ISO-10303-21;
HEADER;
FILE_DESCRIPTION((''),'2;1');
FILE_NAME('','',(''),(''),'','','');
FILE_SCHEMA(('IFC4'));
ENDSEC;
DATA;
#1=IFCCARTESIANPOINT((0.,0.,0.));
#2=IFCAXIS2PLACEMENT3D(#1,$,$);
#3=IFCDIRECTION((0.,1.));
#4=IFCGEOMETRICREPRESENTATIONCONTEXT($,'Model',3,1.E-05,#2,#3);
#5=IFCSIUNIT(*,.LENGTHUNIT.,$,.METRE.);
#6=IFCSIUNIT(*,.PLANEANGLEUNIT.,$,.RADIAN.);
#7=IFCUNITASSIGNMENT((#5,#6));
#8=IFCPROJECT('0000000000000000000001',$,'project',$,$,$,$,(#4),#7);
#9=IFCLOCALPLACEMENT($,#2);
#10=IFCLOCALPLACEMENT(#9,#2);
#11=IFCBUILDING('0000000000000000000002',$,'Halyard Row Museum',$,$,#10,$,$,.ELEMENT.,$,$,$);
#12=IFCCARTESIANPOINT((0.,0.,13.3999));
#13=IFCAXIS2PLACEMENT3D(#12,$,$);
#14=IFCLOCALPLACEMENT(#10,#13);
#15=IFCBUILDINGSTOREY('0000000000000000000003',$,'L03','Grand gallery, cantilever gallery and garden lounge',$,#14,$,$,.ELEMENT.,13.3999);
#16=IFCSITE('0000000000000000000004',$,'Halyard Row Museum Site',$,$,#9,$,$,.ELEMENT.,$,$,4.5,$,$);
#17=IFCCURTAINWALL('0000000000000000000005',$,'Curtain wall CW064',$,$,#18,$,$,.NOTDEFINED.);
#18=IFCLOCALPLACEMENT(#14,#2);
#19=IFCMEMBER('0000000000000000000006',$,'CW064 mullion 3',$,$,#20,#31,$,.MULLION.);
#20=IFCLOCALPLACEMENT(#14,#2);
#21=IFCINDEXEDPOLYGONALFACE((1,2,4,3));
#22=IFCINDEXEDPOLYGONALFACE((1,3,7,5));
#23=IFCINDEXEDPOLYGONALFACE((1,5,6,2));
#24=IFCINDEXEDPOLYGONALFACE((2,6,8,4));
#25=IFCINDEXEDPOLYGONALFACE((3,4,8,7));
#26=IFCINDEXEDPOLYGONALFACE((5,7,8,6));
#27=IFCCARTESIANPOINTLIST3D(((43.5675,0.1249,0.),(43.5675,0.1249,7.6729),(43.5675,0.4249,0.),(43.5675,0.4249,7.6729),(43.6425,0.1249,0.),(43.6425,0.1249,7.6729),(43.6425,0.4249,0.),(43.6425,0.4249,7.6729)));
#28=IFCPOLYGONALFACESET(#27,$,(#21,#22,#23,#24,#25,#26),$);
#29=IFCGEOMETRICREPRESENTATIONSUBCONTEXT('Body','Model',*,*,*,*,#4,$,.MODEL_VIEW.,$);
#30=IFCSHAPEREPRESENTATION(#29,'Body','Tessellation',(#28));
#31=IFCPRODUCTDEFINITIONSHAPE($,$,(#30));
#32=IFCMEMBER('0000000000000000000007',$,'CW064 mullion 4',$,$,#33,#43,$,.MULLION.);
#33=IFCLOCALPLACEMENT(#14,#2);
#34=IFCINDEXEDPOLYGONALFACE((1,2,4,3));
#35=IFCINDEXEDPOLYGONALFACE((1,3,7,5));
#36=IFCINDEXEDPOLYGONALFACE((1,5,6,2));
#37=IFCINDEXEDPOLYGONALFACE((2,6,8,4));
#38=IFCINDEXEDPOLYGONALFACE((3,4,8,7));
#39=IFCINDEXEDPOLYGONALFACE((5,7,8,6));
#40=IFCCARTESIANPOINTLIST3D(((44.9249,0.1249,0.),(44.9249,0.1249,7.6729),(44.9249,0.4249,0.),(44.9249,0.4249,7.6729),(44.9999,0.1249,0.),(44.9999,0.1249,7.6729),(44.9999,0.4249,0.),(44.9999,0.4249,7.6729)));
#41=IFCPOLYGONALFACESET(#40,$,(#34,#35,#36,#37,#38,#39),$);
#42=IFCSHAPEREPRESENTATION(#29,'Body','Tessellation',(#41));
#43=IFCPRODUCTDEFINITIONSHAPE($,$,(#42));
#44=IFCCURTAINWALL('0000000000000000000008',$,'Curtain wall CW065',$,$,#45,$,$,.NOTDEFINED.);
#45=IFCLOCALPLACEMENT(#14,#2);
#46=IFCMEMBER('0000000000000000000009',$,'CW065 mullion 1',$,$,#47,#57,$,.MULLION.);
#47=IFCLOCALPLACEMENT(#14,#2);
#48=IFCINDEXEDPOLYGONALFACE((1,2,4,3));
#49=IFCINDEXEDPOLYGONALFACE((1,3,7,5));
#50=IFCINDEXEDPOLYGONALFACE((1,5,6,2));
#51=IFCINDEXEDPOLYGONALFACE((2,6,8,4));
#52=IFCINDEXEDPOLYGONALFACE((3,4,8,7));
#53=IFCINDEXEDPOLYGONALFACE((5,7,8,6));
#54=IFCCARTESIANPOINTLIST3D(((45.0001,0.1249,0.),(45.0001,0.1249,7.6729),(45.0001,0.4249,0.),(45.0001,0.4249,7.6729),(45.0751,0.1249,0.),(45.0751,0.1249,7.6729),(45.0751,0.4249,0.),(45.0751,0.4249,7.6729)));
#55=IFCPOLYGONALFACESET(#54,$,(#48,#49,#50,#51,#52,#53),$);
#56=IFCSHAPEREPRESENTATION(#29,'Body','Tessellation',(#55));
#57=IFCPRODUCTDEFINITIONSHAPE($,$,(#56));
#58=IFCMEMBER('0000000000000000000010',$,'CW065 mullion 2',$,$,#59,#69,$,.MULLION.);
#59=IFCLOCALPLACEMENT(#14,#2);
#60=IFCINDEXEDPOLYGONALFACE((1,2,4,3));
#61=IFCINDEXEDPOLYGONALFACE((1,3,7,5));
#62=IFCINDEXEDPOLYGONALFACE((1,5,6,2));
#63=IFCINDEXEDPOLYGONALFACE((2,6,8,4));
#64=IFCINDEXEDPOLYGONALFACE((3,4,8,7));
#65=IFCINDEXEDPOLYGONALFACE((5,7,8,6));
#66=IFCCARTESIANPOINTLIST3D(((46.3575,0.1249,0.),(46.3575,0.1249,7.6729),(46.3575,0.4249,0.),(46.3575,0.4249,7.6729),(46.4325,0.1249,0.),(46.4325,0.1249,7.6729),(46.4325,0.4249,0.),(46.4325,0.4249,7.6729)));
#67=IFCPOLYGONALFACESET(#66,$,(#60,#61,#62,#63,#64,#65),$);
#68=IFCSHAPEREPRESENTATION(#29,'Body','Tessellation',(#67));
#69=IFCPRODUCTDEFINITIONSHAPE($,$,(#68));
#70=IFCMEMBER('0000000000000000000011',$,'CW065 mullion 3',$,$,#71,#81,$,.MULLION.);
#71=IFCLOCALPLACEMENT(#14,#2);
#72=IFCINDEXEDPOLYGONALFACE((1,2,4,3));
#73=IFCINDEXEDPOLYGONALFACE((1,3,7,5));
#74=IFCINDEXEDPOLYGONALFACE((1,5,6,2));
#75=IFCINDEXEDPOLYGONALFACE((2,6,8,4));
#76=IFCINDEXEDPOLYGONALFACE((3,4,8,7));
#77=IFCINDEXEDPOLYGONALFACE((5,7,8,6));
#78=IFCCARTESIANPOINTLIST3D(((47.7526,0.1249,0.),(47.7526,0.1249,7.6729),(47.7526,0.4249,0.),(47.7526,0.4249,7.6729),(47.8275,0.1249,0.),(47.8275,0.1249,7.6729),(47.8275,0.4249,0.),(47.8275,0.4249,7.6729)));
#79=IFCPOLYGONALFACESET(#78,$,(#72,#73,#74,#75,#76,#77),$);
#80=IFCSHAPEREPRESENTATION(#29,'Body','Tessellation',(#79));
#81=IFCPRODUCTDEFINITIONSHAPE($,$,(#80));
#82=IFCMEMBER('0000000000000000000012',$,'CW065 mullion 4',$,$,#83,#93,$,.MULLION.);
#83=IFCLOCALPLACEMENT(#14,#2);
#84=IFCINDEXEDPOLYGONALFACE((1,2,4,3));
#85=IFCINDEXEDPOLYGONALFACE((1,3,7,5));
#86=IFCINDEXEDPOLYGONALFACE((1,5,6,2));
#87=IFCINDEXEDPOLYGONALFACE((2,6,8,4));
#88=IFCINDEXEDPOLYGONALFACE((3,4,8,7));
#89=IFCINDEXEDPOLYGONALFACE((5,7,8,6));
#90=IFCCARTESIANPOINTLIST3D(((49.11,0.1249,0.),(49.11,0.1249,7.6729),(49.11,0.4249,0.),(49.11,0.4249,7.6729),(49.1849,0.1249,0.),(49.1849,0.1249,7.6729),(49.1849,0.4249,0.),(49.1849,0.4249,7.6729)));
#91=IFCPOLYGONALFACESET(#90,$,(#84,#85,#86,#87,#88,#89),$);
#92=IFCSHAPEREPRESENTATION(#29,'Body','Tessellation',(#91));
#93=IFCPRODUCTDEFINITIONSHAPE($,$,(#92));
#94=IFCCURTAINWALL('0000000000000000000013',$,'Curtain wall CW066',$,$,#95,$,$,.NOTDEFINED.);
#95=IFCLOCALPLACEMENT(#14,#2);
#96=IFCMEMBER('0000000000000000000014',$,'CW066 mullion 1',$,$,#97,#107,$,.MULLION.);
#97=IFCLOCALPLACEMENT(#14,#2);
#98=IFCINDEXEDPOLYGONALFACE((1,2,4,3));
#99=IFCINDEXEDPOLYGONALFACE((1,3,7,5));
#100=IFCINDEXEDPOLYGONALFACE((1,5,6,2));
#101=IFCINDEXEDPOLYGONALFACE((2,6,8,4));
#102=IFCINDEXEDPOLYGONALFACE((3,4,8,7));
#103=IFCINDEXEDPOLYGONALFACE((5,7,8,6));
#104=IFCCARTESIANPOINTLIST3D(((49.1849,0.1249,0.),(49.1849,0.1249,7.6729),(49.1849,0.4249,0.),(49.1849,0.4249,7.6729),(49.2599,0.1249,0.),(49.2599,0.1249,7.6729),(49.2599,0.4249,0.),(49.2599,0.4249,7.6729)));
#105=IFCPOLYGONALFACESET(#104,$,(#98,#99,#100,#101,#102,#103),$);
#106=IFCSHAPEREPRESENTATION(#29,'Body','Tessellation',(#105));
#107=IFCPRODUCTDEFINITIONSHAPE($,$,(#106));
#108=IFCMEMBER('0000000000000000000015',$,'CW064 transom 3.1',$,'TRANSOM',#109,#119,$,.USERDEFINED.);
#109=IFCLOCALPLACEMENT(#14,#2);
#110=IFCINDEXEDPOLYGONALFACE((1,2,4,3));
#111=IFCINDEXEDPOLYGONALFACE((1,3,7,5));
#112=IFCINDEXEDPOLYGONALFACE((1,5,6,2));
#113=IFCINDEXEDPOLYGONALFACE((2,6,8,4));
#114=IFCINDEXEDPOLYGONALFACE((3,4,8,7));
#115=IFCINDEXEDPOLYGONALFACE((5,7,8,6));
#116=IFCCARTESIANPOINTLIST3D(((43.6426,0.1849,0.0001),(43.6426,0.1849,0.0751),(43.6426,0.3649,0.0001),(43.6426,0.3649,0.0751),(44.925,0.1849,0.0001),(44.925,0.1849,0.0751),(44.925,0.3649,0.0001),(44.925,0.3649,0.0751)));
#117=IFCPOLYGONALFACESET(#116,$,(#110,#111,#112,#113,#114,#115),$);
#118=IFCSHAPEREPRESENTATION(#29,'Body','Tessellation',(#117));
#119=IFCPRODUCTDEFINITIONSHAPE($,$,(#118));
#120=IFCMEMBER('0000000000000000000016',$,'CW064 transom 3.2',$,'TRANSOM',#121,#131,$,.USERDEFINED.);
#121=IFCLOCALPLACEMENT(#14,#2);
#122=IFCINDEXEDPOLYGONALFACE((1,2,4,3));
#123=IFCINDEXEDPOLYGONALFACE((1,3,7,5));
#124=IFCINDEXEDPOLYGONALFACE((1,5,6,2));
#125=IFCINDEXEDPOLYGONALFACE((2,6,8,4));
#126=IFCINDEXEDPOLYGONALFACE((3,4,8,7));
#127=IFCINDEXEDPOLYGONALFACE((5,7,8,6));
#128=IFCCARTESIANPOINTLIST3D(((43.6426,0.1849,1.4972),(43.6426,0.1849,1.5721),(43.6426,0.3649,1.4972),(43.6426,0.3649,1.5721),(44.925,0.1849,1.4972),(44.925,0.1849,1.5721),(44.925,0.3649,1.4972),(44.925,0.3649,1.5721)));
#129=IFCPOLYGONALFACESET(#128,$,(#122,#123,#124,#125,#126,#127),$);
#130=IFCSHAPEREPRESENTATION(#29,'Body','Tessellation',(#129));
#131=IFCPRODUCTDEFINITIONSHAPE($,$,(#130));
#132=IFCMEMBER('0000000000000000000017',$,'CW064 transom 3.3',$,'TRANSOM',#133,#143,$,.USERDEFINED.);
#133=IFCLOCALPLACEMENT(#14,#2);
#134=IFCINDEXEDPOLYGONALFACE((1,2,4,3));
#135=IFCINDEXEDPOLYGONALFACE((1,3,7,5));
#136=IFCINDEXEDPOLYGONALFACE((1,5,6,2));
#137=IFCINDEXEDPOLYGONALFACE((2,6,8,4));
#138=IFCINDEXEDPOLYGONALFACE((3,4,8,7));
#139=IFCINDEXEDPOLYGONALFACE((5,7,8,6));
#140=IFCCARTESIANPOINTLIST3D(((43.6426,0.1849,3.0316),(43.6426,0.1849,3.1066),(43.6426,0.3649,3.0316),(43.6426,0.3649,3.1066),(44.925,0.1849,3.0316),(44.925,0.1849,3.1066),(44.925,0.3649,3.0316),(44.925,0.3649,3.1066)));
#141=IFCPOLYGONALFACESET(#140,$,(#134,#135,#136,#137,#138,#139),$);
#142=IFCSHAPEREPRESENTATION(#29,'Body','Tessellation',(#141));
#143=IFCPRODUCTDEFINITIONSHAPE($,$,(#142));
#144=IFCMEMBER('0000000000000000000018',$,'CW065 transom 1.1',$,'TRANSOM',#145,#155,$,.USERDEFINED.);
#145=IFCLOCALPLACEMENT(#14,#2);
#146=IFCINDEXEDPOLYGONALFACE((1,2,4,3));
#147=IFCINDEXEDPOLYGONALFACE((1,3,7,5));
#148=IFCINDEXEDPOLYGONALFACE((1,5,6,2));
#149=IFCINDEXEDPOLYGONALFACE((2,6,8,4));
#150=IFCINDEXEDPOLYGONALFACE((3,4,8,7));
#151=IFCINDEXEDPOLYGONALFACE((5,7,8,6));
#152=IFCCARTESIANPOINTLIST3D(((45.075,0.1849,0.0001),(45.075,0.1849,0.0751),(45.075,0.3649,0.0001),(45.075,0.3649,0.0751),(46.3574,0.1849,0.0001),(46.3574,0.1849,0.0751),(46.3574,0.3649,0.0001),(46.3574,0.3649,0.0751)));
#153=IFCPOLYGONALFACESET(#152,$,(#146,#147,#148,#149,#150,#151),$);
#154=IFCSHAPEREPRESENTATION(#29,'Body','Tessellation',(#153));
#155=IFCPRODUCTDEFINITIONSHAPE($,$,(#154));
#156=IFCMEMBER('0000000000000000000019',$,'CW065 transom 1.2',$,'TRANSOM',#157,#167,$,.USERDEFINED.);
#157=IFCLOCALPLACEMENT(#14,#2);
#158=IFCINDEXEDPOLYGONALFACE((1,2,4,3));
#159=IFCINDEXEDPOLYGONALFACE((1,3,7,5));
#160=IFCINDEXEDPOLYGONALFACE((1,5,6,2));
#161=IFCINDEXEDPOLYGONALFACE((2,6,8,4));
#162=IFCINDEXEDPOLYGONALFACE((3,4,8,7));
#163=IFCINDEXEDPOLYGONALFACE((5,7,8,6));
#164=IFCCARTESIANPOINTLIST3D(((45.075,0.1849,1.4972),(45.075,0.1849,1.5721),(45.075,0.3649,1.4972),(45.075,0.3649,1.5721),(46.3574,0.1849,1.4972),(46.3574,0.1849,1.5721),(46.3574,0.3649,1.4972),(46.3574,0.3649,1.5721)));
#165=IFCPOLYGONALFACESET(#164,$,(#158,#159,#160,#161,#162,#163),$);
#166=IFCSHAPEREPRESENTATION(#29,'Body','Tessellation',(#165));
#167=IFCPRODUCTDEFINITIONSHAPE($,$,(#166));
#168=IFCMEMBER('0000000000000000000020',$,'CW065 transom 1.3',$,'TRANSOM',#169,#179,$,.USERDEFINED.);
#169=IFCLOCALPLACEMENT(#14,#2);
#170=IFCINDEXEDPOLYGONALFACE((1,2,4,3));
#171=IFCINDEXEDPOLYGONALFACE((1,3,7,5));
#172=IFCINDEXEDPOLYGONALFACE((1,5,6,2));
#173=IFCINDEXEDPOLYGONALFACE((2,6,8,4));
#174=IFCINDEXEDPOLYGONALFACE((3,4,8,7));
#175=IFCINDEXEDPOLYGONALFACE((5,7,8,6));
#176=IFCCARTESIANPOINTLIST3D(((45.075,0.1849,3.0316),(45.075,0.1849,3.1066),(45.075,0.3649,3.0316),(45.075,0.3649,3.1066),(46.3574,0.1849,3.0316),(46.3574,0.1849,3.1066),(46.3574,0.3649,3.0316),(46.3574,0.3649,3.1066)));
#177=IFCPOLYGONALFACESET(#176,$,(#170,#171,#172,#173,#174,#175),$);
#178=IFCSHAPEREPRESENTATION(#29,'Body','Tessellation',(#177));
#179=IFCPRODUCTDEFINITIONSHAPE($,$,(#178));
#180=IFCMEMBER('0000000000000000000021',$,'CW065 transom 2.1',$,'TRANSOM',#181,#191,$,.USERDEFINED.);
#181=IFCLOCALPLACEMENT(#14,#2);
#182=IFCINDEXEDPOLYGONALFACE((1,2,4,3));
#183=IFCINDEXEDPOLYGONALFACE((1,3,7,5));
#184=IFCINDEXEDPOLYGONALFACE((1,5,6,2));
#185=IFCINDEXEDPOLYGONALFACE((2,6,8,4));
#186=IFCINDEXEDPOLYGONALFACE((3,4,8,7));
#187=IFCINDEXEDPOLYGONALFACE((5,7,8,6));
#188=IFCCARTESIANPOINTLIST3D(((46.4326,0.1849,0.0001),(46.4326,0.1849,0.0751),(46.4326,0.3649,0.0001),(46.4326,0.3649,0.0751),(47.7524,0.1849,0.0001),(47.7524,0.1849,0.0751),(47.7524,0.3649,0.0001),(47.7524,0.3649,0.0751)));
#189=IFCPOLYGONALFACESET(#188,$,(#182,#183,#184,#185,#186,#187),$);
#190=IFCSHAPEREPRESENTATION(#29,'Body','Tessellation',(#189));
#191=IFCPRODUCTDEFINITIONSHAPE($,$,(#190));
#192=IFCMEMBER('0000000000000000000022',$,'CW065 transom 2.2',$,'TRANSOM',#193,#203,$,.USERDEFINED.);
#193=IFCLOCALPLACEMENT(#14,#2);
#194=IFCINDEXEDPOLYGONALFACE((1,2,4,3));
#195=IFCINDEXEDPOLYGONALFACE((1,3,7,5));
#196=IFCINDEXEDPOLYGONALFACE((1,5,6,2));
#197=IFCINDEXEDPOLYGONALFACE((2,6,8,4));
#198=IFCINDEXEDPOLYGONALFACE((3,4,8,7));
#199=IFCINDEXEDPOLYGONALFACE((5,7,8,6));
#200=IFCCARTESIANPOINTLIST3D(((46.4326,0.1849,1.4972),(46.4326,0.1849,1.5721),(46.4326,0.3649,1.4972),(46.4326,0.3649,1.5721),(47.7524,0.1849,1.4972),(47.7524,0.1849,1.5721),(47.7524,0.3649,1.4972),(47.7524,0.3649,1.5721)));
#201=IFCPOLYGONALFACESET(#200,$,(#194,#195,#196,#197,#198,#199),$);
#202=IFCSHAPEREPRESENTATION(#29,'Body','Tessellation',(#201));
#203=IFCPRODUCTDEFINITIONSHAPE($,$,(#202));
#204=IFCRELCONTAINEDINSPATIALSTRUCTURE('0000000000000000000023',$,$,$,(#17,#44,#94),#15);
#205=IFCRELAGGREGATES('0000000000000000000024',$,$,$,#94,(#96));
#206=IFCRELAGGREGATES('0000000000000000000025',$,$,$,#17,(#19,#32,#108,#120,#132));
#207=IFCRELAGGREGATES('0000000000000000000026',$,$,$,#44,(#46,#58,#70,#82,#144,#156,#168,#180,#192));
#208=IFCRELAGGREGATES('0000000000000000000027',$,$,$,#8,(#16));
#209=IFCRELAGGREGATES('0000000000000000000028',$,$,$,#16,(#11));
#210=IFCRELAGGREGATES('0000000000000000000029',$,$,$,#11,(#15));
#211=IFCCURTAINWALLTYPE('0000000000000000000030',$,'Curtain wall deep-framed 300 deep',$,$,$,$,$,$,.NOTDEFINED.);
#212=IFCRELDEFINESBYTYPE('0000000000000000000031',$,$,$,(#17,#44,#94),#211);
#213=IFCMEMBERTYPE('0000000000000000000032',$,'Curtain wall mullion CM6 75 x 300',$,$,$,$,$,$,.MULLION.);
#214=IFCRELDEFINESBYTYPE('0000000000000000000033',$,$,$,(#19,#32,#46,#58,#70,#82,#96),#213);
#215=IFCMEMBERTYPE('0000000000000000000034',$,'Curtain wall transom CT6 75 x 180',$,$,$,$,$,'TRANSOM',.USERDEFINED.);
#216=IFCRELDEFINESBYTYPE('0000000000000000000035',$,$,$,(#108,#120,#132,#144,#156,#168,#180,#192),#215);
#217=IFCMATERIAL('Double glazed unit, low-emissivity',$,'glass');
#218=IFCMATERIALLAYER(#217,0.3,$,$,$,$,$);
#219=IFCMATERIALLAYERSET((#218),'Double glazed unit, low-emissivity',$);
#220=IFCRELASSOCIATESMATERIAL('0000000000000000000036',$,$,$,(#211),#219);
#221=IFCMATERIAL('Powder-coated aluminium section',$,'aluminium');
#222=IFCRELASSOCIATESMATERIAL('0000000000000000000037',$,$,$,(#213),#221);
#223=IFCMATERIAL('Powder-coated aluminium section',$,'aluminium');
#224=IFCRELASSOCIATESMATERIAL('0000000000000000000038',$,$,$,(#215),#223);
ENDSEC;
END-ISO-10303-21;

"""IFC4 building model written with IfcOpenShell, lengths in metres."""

from ifc_helpers import new_model, si_unit, direction, frame, origin, origin_2d, place, context, subcontext, project, spatial, rectangle, extrude, material, layer, layer_set, material_profile, profile_set, type_object, element, aggregate, save


model = new_model("IFC4")

# Units and contexts
model_context = context("Model", 3, precision=1e-05, world=origin(), true_north=direction((0.0, 1.0)))
body_context = subcontext(model_context, "Body", "Model", "MODEL_VIEW")
ifc_project = project(units=[si_unit("LENGTHUNIT", "METRE"), si_unit("PLANEANGLEUNIT", "RADIAN")], contexts=[model_context])

# Site, building, storey
site_placement = place(None, origin())
site = spatial("IfcSite", under=ifc_project, at=site_placement, Name="Halyard Row Museum Site", CompositionType="ELEMENT", RefElevation=4.5)
building_placement = place(site_placement, origin())
building = spatial("IfcBuilding", under=site, at=building_placement, Name="Halyard Row Museum", CompositionType="ELEMENT")
storey_placement = place(building_placement, frame((0.0, 0.0, 13.3999)))
storey = spatial("IfcBuildingStorey", under=building, at=storey_placement, Name="L03", Description="Grand gallery, cantilever gallery and garden lounge", CompositionType="ELEMENT", Elevation=13.3999)

# Curtain walls, members
ifc_material_1 = material(Name="Double glazed unit, low-emissivity", Category="glass")
ifc_layer_1 = layer(ifc_material_1, 0.3)
ifc_layer_set_1 = layer_set([ifc_layer_1], Name="Double glazed unit, low-emissivity")
curtain_wall_type = type_object("IfcCurtainWallType", Name="Curtain wall deep-framed 300 deep", PredefinedType="NOTDEFINED", material=ifc_layer_set_1)
curtain_wall_1_placement = place(storey_placement, origin())
curtain_wall_1 = element("IfcCurtainWall", 1, at=curtain_wall_1_placement, inside=storey, type_object=curtain_wall_type, Name="Curtain wall CW064", PredefinedType="NOTDEFINED")
ifc_material_2 = material(Name="Powder-coated aluminium section", Category="aluminium")
ifc_material_profile_1 = material_profile(ifc_material_2, rectangle(XDim=0.3, YDim=0.075, at=origin_2d()), Name="300x75 mullion")
ifc_profile_set_1 = profile_set([ifc_material_profile_1], Name="Powder-coated aluminium section")
member_type_1 = type_object("IfcMemberType", Name="Curtain wall mullion CM6 75 x 300", PredefinedType="MULLION", material=ifc_profile_set_1)
member_1_placement = place(storey_placement, frame((43.605, 0.2749, 0.0), z_axis=(0.0, 0.0, 1.0), x_axis=(0.0, 1.0, 0.0)))
member_1 = element("IfcMember", 2, at=member_1_placement, type_object=member_type_1, Name="CW064 mullion 3", PredefinedType="MULLION", context=body_context, shape_type="SweptSolid", body=[
    extrude(rectangle(XDim=0.3, YDim=0.075, at=origin_2d()), origin(), (0.0, 0.0, 1.0), 7.6729),
])
member_2_placement = place(storey_placement, frame((44.9624, 0.2749, 0.0), z_axis=(0.0, 0.0, 1.0), x_axis=(0.0, 1.0, 0.0)))
member_2 = element("IfcMember", 3, at=member_2_placement, type_object=member_type_1, Name="CW064 mullion 4", PredefinedType="MULLION", context=body_context, shape_type="SweptSolid", body=[
    extrude(rectangle(XDim=0.3, YDim=0.075, at=origin_2d()), origin(), (0.0, 0.0, 1.0), 7.6729),
])
curtain_wall_2_placement = place(storey_placement, origin())
curtain_wall_2 = element("IfcCurtainWall", 4, at=curtain_wall_2_placement, inside=storey, type_object=curtain_wall_type, Name="Curtain wall CW065", PredefinedType="NOTDEFINED")
member_3_placement = place(storey_placement, frame((45.0376, 0.2749, 0.0), z_axis=(0.0, 0.0, 1.0), x_axis=(0.0, 1.0, 0.0)))
member_3 = element("IfcMember", 5, at=member_3_placement, type_object=member_type_1, Name="CW065 mullion 1", PredefinedType="MULLION", context=body_context, shape_type="SweptSolid", body=[
    extrude(rectangle(XDim=0.3, YDim=0.075, at=origin_2d()), origin(), (0.0, 0.0, 1.0), 7.6729),
])
member_4_placement = place(storey_placement, frame((46.395, 0.2749, 0.0), z_axis=(0.0, 0.0, 1.0), x_axis=(0.0, 1.0, 0.0)))
member_4 = element("IfcMember", 6, at=member_4_placement, type_object=member_type_1, Name="CW065 mullion 2", PredefinedType="MULLION", context=body_context, shape_type="SweptSolid", body=[
    extrude(rectangle(XDim=0.3, YDim=0.075, at=origin_2d()), origin(), (0.0, 0.0, 1.0), 7.6729),
])
member_5_placement = place(storey_placement, frame((47.79, 0.2749, 0.0), z_axis=(0.0, 0.0, 1.0), x_axis=(0.0, 1.0, 0.0)))
member_5 = element("IfcMember", 7, at=member_5_placement, type_object=member_type_1, Name="CW065 mullion 3", PredefinedType="MULLION", context=body_context, shape_type="SweptSolid", body=[
    extrude(rectangle(XDim=0.3, YDim=0.075, at=origin_2d()), origin(), (0.0, 0.0, 1.0), 7.6729),
])
member_6_placement = place(storey_placement, frame((49.1475, 0.2749, 0.0), z_axis=(0.0, 0.0, 1.0), x_axis=(0.0, 1.0, 0.0)))
member_6 = element("IfcMember", 8, at=member_6_placement, type_object=member_type_1, Name="CW065 mullion 4", PredefinedType="MULLION", context=body_context, shape_type="SweptSolid", body=[
    extrude(rectangle(XDim=0.3, YDim=0.075, at=origin_2d()), origin(), (0.0, 0.0, 1.0), 7.6729),
])

# Curtain wall, member
curtain_wall_3_placement = place(storey_placement, origin())
curtain_wall_3 = element("IfcCurtainWall", 9, at=curtain_wall_3_placement, inside=storey, type_object=curtain_wall_type, Name="Curtain wall CW066", PredefinedType="NOTDEFINED")
member_7_placement = place(storey_placement, frame((49.2224, 0.2749, 0.0), z_axis=(0.0, 0.0, 1.0), x_axis=(0.0, 1.0, 0.0)))
member_7 = element("IfcMember", 10, at=member_7_placement, type_object=member_type_1, Name="CW066 mullion 1", PredefinedType="MULLION", context=body_context, shape_type="SweptSolid", body=[
    extrude(rectangle(XDim=0.3, YDim=0.075, at=origin_2d()), origin(), (0.0, 0.0, 1.0), 7.6729),
])

# Members
ifc_material_3 = material(Name="Powder-coated aluminium section", Category="aluminium")
ifc_material_profile_2 = material_profile(ifc_material_3, rectangle(XDim=0.1799, YDim=0.075, at=origin_2d()), Name="180x75 transom")
ifc_profile_set_2 = profile_set([ifc_material_profile_2], Name="Powder-coated aluminium section")
member_type_2 = type_object("IfcMemberType", Name="Curtain wall transom CT6 75 x 180", ElementType="TRANSOM", PredefinedType="USERDEFINED", material=ifc_profile_set_2)
member_8_placement = place(storey_placement, frame((43.6426, 0.2749, 0.0376), z_axis=(1.0, 0.0, 0.0), x_axis=(0.0, 1.0, 0.0)))
member_8 = element("IfcMember", 11, at=member_8_placement, type_object=member_type_2, Name="CW064 transom 3.1", ObjectType="TRANSOM", PredefinedType="USERDEFINED", context=body_context, shape_type="SweptSolid", body=[
    extrude(rectangle(XDim=0.1799, YDim=0.075, at=origin_2d()), origin(), (0.0, 0.0, 1.0), 1.2825),
])
member_9_placement = place(storey_placement, frame((43.6426, 0.2749, 1.5347), z_axis=(1.0, 0.0, 0.0), x_axis=(0.0, 1.0, 0.0)))
member_9 = element("IfcMember", 12, at=member_9_placement, type_object=member_type_2, Name="CW064 transom 3.2", ObjectType="TRANSOM", PredefinedType="USERDEFINED", context=body_context, shape_type="SweptSolid", body=[
    extrude(rectangle(XDim=0.1799, YDim=0.075, at=origin_2d()), origin(), (0.0, 0.0, 1.0), 1.2825),
])
member_10_placement = place(storey_placement, frame((43.6426, 0.2749, 3.0691), z_axis=(1.0, 0.0, 0.0), x_axis=(0.0, 1.0, 0.0)))
member_10 = element("IfcMember", 13, at=member_10_placement, type_object=member_type_2, Name="CW064 transom 3.3", ObjectType="TRANSOM", PredefinedType="USERDEFINED", context=body_context, shape_type="SweptSolid", body=[
    extrude(rectangle(XDim=0.1799, YDim=0.075, at=origin_2d()), origin(), (0.0, 0.0, 1.0), 1.2825),
])
member_11_placement = place(storey_placement, frame((45.075, 0.2749, 0.0376), z_axis=(1.0, 0.0, 0.0), x_axis=(0.0, 1.0, 0.0)))
member_11 = element("IfcMember", 14, at=member_11_placement, type_object=member_type_2, Name="CW065 transom 1.1", ObjectType="TRANSOM", PredefinedType="USERDEFINED", context=body_context, shape_type="SweptSolid", body=[
    extrude(rectangle(XDim=0.1799, YDim=0.075, at=origin_2d()), origin(), (0.0, 0.0, 1.0), 1.2825),
])
member_12_placement = place(storey_placement, frame((45.075, 0.2749, 1.5347), z_axis=(1.0, 0.0, 0.0), x_axis=(0.0, 1.0, 0.0)))
member_12 = element("IfcMember", 15, at=member_12_placement, type_object=member_type_2, Name="CW065 transom 1.2", ObjectType="TRANSOM", PredefinedType="USERDEFINED", context=body_context, shape_type="SweptSolid", body=[
    extrude(rectangle(XDim=0.1799, YDim=0.075, at=origin_2d()), origin(), (0.0, 0.0, 1.0), 1.2825),
])
member_13_placement = place(storey_placement, frame((45.075, 0.2749, 3.0691), z_axis=(1.0, 0.0, 0.0), x_axis=(0.0, 1.0, 0.0)))
member_13 = element("IfcMember", 16, at=member_13_placement, type_object=member_type_2, Name="CW065 transom 1.3", ObjectType="TRANSOM", PredefinedType="USERDEFINED", context=body_context, shape_type="SweptSolid", body=[
    extrude(rectangle(XDim=0.1799, YDim=0.075, at=origin_2d()), origin(), (0.0, 0.0, 1.0), 1.2825),
])
member_14_placement = place(storey_placement, frame((46.4326, 0.2749, 0.0376), z_axis=(1.0, 0.0, 0.0), x_axis=(0.0, 1.0, 0.0)))
member_14 = element("IfcMember", 17, at=member_14_placement, type_object=member_type_2, Name="CW065 transom 2.1", ObjectType="TRANSOM", PredefinedType="USERDEFINED", context=body_context, shape_type="SweptSolid", body=[
    extrude(rectangle(XDim=0.1799, YDim=0.075, at=origin_2d()), origin(), (0.0, 0.0, 1.0), 1.3198),
])
member_15_placement = place(storey_placement, frame((46.4326, 0.2749, 1.5347), z_axis=(1.0, 0.0, 0.0), x_axis=(0.0, 1.0, 0.0)))
member_15 = element("IfcMember", 18, at=member_15_placement, type_object=member_type_2, Name="CW065 transom 2.2", ObjectType="TRANSOM", PredefinedType="USERDEFINED", context=body_context, shape_type="SweptSolid", body=[
    extrude(rectangle(XDim=0.1799, YDim=0.075, at=origin_2d()), origin(), (0.0, 0.0, 1.0), 1.3198),
])
aggregate(curtain_wall_3, [member_7])

aggregate(curtain_wall_1, [member_1, member_2, member_8, member_9, member_10])
aggregate(curtain_wall_2, [member_3, member_4, member_5, member_6, member_11, member_12, member_13, member_14, member_15])

save(model, "model.ifc")
